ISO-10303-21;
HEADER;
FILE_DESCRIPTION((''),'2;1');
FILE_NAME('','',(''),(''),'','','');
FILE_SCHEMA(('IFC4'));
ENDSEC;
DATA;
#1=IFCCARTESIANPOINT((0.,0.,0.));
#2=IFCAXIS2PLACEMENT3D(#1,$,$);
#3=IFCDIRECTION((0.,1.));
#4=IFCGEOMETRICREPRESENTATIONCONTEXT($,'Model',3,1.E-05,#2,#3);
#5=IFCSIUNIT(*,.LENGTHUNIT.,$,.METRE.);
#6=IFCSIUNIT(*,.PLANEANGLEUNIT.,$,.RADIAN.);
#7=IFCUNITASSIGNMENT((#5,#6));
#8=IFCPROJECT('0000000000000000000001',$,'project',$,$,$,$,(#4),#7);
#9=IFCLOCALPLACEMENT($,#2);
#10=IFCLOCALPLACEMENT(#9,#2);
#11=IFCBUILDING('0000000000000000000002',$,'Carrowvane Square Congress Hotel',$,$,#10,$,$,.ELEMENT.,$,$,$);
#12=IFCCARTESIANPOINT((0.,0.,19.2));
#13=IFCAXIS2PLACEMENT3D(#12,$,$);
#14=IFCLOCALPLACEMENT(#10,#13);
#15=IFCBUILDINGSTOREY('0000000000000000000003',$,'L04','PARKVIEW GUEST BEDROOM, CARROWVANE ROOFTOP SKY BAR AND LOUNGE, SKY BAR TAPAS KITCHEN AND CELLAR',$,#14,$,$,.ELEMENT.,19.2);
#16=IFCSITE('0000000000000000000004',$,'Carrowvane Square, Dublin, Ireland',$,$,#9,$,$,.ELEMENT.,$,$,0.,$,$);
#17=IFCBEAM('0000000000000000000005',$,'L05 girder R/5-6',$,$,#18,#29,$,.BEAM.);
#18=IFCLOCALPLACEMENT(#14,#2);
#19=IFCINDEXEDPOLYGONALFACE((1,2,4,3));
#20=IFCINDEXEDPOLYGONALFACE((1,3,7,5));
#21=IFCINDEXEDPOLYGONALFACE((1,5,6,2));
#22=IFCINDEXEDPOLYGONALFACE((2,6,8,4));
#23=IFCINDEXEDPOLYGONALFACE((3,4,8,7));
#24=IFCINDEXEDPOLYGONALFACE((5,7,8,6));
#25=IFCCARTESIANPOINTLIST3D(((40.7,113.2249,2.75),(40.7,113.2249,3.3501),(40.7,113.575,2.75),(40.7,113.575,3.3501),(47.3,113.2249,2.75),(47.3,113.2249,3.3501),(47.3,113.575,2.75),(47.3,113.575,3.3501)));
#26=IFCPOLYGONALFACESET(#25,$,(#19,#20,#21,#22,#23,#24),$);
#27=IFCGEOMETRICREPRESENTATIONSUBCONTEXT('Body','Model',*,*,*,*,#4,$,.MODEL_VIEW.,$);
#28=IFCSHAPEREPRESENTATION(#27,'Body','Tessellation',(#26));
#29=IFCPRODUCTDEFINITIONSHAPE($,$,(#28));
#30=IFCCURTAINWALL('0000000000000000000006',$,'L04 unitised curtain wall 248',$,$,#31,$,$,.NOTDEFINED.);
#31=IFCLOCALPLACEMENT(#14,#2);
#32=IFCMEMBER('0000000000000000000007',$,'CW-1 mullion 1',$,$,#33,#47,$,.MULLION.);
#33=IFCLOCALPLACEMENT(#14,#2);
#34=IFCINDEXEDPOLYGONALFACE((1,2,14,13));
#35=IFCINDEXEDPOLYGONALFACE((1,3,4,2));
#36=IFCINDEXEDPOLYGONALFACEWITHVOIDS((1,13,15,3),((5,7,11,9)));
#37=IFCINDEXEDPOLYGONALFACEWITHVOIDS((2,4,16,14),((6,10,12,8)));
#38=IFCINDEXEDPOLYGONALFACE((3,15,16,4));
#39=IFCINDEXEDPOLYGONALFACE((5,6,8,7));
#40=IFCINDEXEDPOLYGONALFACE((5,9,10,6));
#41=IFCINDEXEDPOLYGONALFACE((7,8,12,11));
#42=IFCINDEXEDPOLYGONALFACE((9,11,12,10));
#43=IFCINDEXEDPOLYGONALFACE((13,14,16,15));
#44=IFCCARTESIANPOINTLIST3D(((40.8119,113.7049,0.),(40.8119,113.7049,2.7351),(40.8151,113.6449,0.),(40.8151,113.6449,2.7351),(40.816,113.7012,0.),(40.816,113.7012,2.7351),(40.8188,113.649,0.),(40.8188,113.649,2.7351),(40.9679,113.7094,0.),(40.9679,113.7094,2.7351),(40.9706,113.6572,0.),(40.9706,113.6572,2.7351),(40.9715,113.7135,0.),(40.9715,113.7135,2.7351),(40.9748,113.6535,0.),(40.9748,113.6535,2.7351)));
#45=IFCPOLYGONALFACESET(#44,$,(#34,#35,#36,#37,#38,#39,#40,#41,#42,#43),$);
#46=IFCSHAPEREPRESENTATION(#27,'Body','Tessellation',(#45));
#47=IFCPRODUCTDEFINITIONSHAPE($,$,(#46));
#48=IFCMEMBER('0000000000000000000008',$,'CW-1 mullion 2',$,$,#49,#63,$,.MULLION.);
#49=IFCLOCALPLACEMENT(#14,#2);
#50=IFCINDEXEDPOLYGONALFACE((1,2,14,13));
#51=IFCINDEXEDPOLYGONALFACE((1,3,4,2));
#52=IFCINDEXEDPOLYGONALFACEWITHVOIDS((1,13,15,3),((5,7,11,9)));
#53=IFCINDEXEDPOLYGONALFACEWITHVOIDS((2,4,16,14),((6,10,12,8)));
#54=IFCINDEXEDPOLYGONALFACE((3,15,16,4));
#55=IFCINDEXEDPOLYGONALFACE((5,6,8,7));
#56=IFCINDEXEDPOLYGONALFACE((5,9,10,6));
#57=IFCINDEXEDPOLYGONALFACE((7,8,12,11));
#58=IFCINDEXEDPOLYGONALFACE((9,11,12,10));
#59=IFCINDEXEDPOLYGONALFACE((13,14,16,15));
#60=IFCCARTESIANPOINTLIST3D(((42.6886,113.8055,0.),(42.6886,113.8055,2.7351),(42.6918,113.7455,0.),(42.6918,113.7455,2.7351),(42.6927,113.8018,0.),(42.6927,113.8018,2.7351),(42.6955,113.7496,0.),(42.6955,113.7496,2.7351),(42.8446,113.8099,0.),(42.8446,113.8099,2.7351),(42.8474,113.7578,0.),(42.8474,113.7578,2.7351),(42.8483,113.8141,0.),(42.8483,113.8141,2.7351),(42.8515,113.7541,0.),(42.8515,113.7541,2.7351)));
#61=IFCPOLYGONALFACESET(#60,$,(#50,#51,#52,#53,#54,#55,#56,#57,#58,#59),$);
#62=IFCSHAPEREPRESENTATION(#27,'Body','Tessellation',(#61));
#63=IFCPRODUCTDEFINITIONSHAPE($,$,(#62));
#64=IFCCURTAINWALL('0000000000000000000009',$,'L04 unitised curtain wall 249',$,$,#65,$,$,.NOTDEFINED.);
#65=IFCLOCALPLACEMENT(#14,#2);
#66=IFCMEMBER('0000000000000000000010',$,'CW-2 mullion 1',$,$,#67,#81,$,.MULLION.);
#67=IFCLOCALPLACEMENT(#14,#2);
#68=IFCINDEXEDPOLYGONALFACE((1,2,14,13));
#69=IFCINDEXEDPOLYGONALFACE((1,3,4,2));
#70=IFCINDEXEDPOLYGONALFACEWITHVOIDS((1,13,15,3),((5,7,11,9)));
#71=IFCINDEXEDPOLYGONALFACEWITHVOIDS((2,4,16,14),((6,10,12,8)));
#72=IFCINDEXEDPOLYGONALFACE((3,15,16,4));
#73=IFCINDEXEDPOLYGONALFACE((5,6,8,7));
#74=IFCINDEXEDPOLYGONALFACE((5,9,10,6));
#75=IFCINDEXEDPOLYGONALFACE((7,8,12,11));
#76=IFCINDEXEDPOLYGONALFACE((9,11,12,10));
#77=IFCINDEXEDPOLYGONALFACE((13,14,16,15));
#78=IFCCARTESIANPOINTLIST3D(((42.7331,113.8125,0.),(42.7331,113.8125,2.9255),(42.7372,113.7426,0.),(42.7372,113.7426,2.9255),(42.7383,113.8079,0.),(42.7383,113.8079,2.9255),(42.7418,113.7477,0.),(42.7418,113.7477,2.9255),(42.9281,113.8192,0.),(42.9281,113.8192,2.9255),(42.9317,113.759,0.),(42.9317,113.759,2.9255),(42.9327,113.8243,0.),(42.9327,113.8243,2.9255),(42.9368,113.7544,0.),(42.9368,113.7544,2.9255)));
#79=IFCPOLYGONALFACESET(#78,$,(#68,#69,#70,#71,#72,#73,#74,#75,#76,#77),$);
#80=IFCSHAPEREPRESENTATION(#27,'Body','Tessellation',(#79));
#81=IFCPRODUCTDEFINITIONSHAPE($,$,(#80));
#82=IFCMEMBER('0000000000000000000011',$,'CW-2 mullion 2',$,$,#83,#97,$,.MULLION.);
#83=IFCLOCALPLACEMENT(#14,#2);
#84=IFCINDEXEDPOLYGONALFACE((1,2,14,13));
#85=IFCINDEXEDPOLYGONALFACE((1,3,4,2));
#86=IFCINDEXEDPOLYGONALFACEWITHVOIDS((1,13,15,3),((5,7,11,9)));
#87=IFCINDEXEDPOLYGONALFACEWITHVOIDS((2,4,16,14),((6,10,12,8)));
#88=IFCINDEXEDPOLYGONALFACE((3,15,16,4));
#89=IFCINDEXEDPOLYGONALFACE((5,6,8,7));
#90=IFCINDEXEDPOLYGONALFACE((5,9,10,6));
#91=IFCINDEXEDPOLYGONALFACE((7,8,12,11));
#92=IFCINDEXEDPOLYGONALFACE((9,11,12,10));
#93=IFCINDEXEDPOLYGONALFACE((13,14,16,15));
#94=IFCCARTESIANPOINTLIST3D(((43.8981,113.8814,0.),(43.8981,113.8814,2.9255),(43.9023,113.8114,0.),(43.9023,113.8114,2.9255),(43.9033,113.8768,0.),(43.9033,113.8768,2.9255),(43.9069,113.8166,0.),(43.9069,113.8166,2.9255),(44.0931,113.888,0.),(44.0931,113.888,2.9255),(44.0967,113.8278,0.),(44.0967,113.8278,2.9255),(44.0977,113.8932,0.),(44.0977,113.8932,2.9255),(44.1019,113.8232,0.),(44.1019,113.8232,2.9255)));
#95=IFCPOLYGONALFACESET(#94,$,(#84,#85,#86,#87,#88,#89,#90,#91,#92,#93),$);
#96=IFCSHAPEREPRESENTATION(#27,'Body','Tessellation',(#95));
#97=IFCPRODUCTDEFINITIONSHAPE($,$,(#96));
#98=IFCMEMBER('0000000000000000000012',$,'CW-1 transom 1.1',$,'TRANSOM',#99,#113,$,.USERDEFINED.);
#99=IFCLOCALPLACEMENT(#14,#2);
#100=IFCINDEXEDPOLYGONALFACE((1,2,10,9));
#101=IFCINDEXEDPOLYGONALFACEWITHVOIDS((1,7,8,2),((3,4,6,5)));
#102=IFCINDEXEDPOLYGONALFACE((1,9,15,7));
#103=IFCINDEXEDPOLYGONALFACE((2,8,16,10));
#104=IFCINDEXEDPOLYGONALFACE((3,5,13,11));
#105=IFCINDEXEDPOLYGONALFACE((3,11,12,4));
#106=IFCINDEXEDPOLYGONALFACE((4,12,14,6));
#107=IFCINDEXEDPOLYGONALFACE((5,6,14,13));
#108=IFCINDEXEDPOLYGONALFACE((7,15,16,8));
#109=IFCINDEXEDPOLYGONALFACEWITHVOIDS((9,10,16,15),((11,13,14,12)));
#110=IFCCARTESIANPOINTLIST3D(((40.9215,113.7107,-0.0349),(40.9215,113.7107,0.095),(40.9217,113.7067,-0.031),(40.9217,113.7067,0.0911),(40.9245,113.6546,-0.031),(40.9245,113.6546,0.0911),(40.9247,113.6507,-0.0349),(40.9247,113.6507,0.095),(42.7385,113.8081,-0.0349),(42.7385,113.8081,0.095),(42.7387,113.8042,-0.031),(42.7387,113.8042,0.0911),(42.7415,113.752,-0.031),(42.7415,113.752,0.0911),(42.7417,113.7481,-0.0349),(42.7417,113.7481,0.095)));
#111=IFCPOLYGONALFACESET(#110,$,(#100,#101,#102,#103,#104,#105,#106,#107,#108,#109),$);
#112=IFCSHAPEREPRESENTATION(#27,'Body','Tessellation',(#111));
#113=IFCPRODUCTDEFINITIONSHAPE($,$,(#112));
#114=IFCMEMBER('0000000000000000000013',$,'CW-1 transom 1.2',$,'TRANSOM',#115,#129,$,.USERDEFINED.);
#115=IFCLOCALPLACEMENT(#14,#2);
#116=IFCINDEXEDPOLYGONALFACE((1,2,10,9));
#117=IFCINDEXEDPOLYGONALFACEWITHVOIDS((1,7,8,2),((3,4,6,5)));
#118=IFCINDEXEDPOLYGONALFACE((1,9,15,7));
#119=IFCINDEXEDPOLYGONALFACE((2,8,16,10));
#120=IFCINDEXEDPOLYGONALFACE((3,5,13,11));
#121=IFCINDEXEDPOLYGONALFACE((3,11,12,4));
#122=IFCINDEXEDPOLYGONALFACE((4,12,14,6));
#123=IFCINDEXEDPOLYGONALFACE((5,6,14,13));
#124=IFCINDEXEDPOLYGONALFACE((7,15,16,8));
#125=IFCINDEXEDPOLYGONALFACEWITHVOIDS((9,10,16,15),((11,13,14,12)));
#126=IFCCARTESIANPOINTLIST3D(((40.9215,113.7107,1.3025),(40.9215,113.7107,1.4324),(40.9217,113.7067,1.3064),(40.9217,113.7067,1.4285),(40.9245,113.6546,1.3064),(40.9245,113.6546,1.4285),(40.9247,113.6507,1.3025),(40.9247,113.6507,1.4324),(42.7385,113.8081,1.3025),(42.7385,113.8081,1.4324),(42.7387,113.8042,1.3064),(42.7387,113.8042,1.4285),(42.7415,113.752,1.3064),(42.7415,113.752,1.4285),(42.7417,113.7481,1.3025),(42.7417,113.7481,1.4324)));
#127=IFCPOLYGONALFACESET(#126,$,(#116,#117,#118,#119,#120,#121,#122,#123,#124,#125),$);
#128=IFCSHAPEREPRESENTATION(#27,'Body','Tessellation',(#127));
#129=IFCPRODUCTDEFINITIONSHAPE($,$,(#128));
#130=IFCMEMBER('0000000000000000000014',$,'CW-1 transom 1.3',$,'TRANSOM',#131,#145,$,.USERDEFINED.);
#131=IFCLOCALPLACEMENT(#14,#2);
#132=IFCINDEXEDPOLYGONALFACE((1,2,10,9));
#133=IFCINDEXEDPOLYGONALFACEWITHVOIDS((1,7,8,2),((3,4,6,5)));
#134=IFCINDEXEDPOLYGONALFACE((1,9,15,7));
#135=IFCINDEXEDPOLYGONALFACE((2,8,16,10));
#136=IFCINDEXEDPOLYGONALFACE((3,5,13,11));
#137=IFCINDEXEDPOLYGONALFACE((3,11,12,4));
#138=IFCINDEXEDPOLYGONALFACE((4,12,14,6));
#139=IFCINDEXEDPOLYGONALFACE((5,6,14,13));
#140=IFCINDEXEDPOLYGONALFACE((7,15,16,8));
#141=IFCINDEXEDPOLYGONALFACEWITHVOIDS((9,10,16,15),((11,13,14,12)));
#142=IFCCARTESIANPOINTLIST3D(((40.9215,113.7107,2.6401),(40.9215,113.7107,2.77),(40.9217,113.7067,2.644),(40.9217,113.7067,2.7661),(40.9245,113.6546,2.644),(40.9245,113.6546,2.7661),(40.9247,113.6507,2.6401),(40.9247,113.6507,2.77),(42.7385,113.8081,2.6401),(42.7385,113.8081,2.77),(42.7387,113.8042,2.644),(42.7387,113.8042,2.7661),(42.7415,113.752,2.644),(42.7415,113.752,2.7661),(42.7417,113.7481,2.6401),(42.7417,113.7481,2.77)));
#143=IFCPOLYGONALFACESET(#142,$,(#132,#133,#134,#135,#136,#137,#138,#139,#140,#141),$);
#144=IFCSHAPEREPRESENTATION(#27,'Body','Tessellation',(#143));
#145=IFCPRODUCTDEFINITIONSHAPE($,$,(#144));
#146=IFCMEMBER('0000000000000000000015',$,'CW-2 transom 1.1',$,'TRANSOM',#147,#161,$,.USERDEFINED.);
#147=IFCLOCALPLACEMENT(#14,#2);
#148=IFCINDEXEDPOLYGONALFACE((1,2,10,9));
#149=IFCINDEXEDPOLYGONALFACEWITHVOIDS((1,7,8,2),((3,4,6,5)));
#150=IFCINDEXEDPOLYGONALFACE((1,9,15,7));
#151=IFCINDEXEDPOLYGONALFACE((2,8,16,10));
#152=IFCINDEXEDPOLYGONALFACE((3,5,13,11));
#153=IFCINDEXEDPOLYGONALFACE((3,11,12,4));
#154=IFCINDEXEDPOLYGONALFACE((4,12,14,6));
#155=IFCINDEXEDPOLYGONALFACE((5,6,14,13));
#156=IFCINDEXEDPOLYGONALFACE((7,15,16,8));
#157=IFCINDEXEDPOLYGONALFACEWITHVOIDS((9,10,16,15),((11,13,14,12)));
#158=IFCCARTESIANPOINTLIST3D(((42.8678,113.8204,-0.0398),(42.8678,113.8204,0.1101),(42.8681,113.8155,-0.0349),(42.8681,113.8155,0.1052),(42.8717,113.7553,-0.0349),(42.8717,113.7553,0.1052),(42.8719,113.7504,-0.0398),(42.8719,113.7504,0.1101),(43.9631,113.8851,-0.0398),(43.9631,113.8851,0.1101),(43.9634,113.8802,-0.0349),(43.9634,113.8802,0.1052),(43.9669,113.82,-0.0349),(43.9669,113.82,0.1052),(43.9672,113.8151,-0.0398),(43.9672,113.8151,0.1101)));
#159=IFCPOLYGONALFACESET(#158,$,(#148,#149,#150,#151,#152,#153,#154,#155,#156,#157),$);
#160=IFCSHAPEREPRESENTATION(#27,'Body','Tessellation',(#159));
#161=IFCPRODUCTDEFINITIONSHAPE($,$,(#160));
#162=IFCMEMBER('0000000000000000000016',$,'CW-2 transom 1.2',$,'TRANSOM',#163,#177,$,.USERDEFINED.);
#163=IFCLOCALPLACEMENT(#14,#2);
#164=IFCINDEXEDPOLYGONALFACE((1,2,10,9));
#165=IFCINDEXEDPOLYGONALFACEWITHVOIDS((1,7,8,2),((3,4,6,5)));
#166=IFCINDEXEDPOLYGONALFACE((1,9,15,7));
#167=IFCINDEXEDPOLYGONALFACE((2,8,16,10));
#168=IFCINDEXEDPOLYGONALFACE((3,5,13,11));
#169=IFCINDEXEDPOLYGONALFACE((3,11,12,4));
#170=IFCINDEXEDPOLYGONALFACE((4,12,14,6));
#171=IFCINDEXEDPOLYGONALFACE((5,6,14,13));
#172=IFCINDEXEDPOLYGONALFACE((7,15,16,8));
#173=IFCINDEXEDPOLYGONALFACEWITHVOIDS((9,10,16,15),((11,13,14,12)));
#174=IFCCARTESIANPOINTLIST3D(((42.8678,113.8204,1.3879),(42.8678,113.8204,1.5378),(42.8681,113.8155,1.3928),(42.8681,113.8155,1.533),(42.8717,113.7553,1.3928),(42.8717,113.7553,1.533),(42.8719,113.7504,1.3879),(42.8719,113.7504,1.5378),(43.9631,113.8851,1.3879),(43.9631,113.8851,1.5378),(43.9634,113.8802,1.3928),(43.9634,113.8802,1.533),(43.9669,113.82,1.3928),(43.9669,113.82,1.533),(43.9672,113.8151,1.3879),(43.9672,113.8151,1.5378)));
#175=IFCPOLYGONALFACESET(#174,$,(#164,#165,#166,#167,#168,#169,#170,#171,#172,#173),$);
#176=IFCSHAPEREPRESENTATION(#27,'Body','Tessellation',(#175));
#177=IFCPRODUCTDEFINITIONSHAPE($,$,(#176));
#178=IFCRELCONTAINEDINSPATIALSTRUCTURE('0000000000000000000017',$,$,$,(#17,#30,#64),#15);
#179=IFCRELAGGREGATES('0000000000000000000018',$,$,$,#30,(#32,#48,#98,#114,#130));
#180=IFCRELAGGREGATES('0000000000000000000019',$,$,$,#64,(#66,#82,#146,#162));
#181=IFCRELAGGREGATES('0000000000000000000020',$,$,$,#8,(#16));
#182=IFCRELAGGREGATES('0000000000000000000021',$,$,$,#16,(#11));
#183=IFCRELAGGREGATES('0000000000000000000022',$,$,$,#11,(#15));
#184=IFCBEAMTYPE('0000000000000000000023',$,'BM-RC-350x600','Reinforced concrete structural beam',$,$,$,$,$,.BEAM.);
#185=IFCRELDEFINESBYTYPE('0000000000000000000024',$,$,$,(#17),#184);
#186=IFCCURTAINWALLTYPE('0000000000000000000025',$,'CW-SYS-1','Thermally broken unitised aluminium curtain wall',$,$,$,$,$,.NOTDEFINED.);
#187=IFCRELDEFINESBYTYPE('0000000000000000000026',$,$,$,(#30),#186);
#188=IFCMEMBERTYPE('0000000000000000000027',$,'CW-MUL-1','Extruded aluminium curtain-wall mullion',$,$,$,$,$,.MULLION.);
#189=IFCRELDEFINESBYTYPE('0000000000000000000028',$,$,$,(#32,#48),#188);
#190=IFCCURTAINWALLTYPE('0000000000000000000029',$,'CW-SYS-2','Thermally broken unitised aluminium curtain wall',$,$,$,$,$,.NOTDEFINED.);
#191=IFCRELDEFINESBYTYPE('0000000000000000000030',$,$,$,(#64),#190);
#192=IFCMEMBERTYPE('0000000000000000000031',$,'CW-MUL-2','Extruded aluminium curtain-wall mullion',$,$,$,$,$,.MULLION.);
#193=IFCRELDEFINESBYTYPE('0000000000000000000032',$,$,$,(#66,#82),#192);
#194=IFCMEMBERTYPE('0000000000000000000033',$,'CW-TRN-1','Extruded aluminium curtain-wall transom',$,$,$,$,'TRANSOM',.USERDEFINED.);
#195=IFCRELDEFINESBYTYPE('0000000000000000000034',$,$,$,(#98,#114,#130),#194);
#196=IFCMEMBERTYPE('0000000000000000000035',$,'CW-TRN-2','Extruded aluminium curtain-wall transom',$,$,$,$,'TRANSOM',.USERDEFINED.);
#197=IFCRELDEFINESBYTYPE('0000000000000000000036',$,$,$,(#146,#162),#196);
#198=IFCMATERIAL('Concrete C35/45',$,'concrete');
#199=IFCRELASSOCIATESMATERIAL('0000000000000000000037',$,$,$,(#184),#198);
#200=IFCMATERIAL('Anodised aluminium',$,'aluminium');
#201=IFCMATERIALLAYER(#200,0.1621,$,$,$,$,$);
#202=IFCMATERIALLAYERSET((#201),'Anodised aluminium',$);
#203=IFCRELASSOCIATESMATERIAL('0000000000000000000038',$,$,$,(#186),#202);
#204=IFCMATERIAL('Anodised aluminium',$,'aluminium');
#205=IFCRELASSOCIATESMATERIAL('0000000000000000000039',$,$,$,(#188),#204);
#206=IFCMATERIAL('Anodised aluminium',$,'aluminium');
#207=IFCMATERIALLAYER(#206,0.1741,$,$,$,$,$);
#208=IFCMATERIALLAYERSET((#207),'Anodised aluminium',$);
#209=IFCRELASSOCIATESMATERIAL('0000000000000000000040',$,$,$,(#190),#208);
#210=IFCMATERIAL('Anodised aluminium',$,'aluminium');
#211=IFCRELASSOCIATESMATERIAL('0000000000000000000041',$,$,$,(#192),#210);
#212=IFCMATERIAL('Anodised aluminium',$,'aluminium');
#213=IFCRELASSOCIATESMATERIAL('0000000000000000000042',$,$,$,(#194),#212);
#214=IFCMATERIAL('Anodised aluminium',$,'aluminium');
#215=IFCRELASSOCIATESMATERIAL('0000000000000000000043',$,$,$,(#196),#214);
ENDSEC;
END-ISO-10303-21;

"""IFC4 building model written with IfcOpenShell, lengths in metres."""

from ifc_helpers import new_model, si_unit, direction, frame, origin, origin_2d, place, context, subcontext, project, spatial, rectangle, hollow_rectangle, extrude, material, layer, layer_set, material_profile, profile_set, type_object, element, aggregate, save


model = new_model("IFC4")

# Units and contexts
model_context = context("Model", 3, precision=1e-05, world=origin(), true_north=direction((0.0, 1.0)))
body_context = subcontext(model_context, "Body", "Model", "MODEL_VIEW")
ifc_project = project(units=[si_unit("LENGTHUNIT", "METRE"), si_unit("PLANEANGLEUNIT", "RADIAN")], contexts=[model_context])

# Site, building, storey
site_placement = place(None, origin())
site = spatial("IfcSite", under=ifc_project, at=site_placement, Name="Carrowvane Square, Dublin, Ireland", CompositionType="ELEMENT", RefElevation=0.0)
building_placement = place(site_placement, origin())
building = spatial("IfcBuilding", under=site, at=building_placement, Name="Carrowvane Square Congress Hotel", CompositionType="ELEMENT")
storey_placement = place(building_placement, frame((0.0, 0.0, 19.2)))
storey = spatial("IfcBuildingStorey", under=building, at=storey_placement, Name="L04", Description="PARKVIEW GUEST BEDROOM, CARROWVANE ROOFTOP SKY BAR AND LOUNGE, SKY BAR TAPAS KITCHEN AND CELLAR", CompositionType="ELEMENT", Elevation=19.2)

# Beam
ifc_material_1 = material(Name="Concrete C35/45", Category="concrete")
ifc_material_profile_1 = material_profile(ifc_material_1, rectangle(XDim=0.3501, YDim=0.6001, at=origin_2d()), Name="RC 350x600")
ifc_profile_set_1 = profile_set([ifc_material_profile_1], Name="Concrete C35/45")
beam_type = type_object("IfcBeamType", Name="BM-RC-350x600", Description="Reinforced concrete structural beam", PredefinedType="BEAM", material=ifc_profile_set_1)
beam_placement = place(storey_placement, frame((40.7, 113.3999, 3.05), z_axis=(1.0, 0.0, 0.0), x_axis=(0.0, 1.0, 0.0)))
element("IfcBeam", 1, at=beam_placement, inside=storey, type_object=beam_type, Name="L05 girder R/5-6", PredefinedType="BEAM", context=body_context, shape_type="SweptSolid", body=[
    extrude(rectangle(XDim=0.3501, YDim=0.6001, at=origin_2d()), origin(), (0.0, 0.0, 1.0), 6.6001),
])

# Curtain walls, members
ifc_material_2 = material(Name="Anodised aluminium", Category="aluminium")
ifc_layer_1 = layer(ifc_material_2, 0.1621)
ifc_layer_set_1 = layer_set([ifc_layer_1], Name="Anodised aluminium")
curtain_wall_type_1 = type_object("IfcCurtainWallType", Name="CW-SYS-1", Description="Thermally broken unitised aluminium curtain wall", PredefinedType="NOTDEFINED", material=ifc_layer_set_1)
curtain_wall_1_placement = place(storey_placement, origin())
curtain_wall_1 = element("IfcCurtainWall", 2, at=curtain_wall_1_placement, inside=storey, type_object=curtain_wall_type_1, Name="L04 unitised curtain wall 248", PredefinedType="NOTDEFINED")
ifc_material_3 = material(Name="Anodised aluminium", Category="aluminium")
ifc_material_profile_2 = material_profile(ifc_material_3, hollow_rectangle(XDim=0.0601, YDim=0.1599, WallThickness=0.0039, at=origin_2d()), Name="CW-ML 60x160x4")
ifc_profile_set_2 = profile_set([ifc_material_profile_2], Name="Anodised aluminium")
member_type_1 = type_object("IfcMemberType", Name="CW-MUL-1", Description="Extruded aluminium curtain-wall mullion", PredefinedType="MULLION", material=ifc_profile_set_2)
member_1_placement = place(storey_placement, frame((40.8933, 113.6792, 0.0), z_axis=(0.0, 0.0, 1.0), x_axis=(-0.053514, 0.998567, 0.0)))
member_1 = element("IfcMember", 3, at=member_1_placement, type_object=member_type_1, Name="CW-1 mullion 1", PredefinedType="MULLION", context=body_context, shape_type="SweptSolid", body=[
    extrude(hollow_rectangle(XDim=0.0601, YDim=0.1599, WallThickness=0.0039, at=origin_2d()), origin(), (0.0, 0.0, 1.0), 2.7351),
])
member_2_placement = place(storey_placement, frame((42.77, 113.7798, 0.0), z_axis=(0.0, 0.0, 1.0), x_axis=(-0.053514, 0.998567, 0.0)))
member_2 = element("IfcMember", 4, at=member_2_placement, type_object=member_type_1, Name="CW-1 mullion 2", PredefinedType="MULLION", context=body_context, shape_type="SweptSolid", body=[
    extrude(hollow_rectangle(XDim=0.0601, YDim=0.1599, WallThickness=0.0039, at=origin_2d()), origin(), (0.0, 0.0, 1.0), 2.7351),
])
ifc_material_4 = material(Name="Anodised aluminium", Category="aluminium")
ifc_layer_2 = layer(ifc_material_4, 0.1741)
ifc_layer_set_2 = layer_set([ifc_layer_2], Name="Anodised aluminium")
curtain_wall_type_2 = type_object("IfcCurtainWallType", Name="CW-SYS-2", Description="Thermally broken unitised aluminium curtain wall", PredefinedType="NOTDEFINED", material=ifc_layer_set_2)
curtain_wall_2_placement = place(storey_placement, origin())
curtain_wall_2 = element("IfcCurtainWall", 5, at=curtain_wall_2_placement, inside=storey, type_object=curtain_wall_type_2, Name="L04 unitised curtain wall 249", PredefinedType="NOTDEFINED")
ifc_material_5 = material(Name="Anodised aluminium", Category="aluminium")
ifc_material_profile_3 = material_profile(ifc_material_5, hollow_rectangle(XDim=0.0701, YDim=0.2, WallThickness=0.0049, at=origin_2d()), Name="CW-ML 70x200x5")
ifc_profile_set_3 = profile_set([ifc_material_profile_3], Name="Anodised aluminium")
member_type_2 = type_object("IfcMemberType", Name="CW-MUL-2", Description="Extruded aluminium curtain-wall mullion", PredefinedType="MULLION", material=ifc_profile_set_3)
member_3_placement = place(storey_placement, frame((42.835, 113.7834, 0.0), z_axis=(0.0, 0.0, 1.0), x_axis=(-0.058989, 0.998259, 0.0)))
member_3 = element("IfcMember", 6, at=member_3_placement, type_object=member_type_2, Name="CW-2 mullion 1", PredefinedType="MULLION", context=body_context, shape_type="SweptSolid", body=[
    extrude(hollow_rectangle(XDim=0.0701, YDim=0.2, WallThickness=0.0049, at=origin_2d()), origin(), (0.0, 0.0, 1.0), 2.9255),
])
member_4_placement = place(storey_placement, frame((44.0, 113.8523, 0.0), z_axis=(0.0, 0.0, 1.0), x_axis=(-0.058989, 0.998259, 0.0)))
member_4 = element("IfcMember", 7, at=member_4_placement, type_object=member_type_2, Name="CW-2 mullion 2", PredefinedType="MULLION", context=body_context, shape_type="SweptSolid", body=[
    extrude(hollow_rectangle(XDim=0.0701, YDim=0.2, WallThickness=0.0049, at=origin_2d()), origin(), (0.0, 0.0, 1.0), 2.9255),
])

# Members
ifc_material_6 = material(Name="Anodised aluminium", Category="aluminium")
ifc_material_profile_4 = material_profile(ifc_material_6, hollow_rectangle(XDim=0.0601, YDim=0.1299, WallThickness=0.0039, at=origin_2d()), Name="CW-TR 60x130x4")
ifc_profile_set_4 = profile_set([ifc_material_profile_4], Name="Anodised aluminium")
member_type_3 = type_object("IfcMemberType", Name="CW-TRN-1", Description="Extruded aluminium curtain-wall transom", ElementType="TRANSOM", PredefinedType="USERDEFINED", material=ifc_profile_set_4)
member_5_placement = place(storey_placement, frame((40.9231, 113.6807, 0.03), z_axis=(0.998566, 0.053538, 0.0), x_axis=(-0.053538, 0.998566, 0.0)))
member_5 = element("IfcMember", 8, at=member_5_placement, type_object=member_type_3, Name="CW-1 transom 1.1", ObjectType="TRANSOM", PredefinedType="USERDEFINED", context=body_context, shape_type="SweptSolid", body=[
    extrude(hollow_rectangle(XDim=0.0601, YDim=0.1299, WallThickness=0.0039, at=origin_2d()), origin(), (0.0, 0.0, 1.0), 1.8196),
])
member_6_placement = place(storey_placement, frame((40.9231, 113.6807, 1.3674), z_axis=(0.998566, 0.053538, 0.0), x_axis=(-0.053538, 0.998566, 0.0)))
member_6 = element("IfcMember", 9, at=member_6_placement, type_object=member_type_3, Name="CW-1 transom 1.2", ObjectType="TRANSOM", PredefinedType="USERDEFINED", context=body_context, shape_type="SweptSolid", body=[
    extrude(hollow_rectangle(XDim=0.0601, YDim=0.1299, WallThickness=0.0039, at=origin_2d()), origin(), (0.0, 0.0, 1.0), 1.8196),
])
member_7_placement = place(storey_placement, frame((40.9231, 113.6807, 2.7051), z_axis=(0.998566, 0.053538, 0.0), x_axis=(-0.053538, 0.998566, 0.0)))
member_7 = element("IfcMember", 10, at=member_7_placement, type_object=member_type_3, Name="CW-1 transom 1.3", ObjectType="TRANSOM", PredefinedType="USERDEFINED", context=body_context, shape_type="SweptSolid", body=[
    extrude(hollow_rectangle(XDim=0.0601, YDim=0.1299, WallThickness=0.0039, at=origin_2d()), origin(), (0.0, 0.0, 1.0), 1.8196),
])
ifc_material_7 = material(Name="Anodised aluminium", Category="aluminium")
ifc_material_profile_5 = material_profile(ifc_material_7, hollow_rectangle(XDim=0.0701, YDim=0.1499, WallThickness=0.0049, at=origin_2d()), Name="CW-TR 70x150x5")
ifc_profile_set_5 = profile_set([ifc_material_profile_5], Name="Anodised aluminium")
member_type_4 = type_object("IfcMemberType", Name="CW-TRN-2", Description="Extruded aluminium curtain-wall transom", ElementType="TRANSOM", PredefinedType="USERDEFINED", material=ifc_profile_set_5)
member_8_placement = place(storey_placement, frame((42.8699, 113.7854, 0.0352), z_axis=(0.99826, 0.05897, 0.0), x_axis=(-0.05897, 0.99826, 0.0)))
member_8 = element("IfcMember", 11, at=member_8_placement, type_object=member_type_4, Name="CW-2 transom 1.1", ObjectType="TRANSOM", PredefinedType="USERDEFINED", context=body_context, shape_type="SweptSolid", body=[
    extrude(hollow_rectangle(XDim=0.0701, YDim=0.1499, WallThickness=0.0049, at=origin_2d()), origin(), (0.0, 0.0, 1.0), 1.0972),
])
member_9_placement = place(storey_placement, frame((42.8699, 113.7854, 1.4629), z_axis=(0.99826, 0.05897, 0.0), x_axis=(-0.05897, 0.99826, 0.0)))
member_9 = element("IfcMember", 12, at=member_9_placement, type_object=member_type_4, Name="CW-2 transom 1.2", ObjectType="TRANSOM", PredefinedType="USERDEFINED", context=body_context, shape_type="SweptSolid", body=[
    extrude(hollow_rectangle(XDim=0.0701, YDim=0.1499, WallThickness=0.0049, at=origin_2d()), origin(), (0.0, 0.0, 1.0), 1.0972),
])

aggregate(curtain_wall_1, [member_1, member_2, member_5, member_6, member_7])
aggregate(curtain_wall_2, [member_3, member_4, member_8, member_9])

save(model, "model.ifc")
